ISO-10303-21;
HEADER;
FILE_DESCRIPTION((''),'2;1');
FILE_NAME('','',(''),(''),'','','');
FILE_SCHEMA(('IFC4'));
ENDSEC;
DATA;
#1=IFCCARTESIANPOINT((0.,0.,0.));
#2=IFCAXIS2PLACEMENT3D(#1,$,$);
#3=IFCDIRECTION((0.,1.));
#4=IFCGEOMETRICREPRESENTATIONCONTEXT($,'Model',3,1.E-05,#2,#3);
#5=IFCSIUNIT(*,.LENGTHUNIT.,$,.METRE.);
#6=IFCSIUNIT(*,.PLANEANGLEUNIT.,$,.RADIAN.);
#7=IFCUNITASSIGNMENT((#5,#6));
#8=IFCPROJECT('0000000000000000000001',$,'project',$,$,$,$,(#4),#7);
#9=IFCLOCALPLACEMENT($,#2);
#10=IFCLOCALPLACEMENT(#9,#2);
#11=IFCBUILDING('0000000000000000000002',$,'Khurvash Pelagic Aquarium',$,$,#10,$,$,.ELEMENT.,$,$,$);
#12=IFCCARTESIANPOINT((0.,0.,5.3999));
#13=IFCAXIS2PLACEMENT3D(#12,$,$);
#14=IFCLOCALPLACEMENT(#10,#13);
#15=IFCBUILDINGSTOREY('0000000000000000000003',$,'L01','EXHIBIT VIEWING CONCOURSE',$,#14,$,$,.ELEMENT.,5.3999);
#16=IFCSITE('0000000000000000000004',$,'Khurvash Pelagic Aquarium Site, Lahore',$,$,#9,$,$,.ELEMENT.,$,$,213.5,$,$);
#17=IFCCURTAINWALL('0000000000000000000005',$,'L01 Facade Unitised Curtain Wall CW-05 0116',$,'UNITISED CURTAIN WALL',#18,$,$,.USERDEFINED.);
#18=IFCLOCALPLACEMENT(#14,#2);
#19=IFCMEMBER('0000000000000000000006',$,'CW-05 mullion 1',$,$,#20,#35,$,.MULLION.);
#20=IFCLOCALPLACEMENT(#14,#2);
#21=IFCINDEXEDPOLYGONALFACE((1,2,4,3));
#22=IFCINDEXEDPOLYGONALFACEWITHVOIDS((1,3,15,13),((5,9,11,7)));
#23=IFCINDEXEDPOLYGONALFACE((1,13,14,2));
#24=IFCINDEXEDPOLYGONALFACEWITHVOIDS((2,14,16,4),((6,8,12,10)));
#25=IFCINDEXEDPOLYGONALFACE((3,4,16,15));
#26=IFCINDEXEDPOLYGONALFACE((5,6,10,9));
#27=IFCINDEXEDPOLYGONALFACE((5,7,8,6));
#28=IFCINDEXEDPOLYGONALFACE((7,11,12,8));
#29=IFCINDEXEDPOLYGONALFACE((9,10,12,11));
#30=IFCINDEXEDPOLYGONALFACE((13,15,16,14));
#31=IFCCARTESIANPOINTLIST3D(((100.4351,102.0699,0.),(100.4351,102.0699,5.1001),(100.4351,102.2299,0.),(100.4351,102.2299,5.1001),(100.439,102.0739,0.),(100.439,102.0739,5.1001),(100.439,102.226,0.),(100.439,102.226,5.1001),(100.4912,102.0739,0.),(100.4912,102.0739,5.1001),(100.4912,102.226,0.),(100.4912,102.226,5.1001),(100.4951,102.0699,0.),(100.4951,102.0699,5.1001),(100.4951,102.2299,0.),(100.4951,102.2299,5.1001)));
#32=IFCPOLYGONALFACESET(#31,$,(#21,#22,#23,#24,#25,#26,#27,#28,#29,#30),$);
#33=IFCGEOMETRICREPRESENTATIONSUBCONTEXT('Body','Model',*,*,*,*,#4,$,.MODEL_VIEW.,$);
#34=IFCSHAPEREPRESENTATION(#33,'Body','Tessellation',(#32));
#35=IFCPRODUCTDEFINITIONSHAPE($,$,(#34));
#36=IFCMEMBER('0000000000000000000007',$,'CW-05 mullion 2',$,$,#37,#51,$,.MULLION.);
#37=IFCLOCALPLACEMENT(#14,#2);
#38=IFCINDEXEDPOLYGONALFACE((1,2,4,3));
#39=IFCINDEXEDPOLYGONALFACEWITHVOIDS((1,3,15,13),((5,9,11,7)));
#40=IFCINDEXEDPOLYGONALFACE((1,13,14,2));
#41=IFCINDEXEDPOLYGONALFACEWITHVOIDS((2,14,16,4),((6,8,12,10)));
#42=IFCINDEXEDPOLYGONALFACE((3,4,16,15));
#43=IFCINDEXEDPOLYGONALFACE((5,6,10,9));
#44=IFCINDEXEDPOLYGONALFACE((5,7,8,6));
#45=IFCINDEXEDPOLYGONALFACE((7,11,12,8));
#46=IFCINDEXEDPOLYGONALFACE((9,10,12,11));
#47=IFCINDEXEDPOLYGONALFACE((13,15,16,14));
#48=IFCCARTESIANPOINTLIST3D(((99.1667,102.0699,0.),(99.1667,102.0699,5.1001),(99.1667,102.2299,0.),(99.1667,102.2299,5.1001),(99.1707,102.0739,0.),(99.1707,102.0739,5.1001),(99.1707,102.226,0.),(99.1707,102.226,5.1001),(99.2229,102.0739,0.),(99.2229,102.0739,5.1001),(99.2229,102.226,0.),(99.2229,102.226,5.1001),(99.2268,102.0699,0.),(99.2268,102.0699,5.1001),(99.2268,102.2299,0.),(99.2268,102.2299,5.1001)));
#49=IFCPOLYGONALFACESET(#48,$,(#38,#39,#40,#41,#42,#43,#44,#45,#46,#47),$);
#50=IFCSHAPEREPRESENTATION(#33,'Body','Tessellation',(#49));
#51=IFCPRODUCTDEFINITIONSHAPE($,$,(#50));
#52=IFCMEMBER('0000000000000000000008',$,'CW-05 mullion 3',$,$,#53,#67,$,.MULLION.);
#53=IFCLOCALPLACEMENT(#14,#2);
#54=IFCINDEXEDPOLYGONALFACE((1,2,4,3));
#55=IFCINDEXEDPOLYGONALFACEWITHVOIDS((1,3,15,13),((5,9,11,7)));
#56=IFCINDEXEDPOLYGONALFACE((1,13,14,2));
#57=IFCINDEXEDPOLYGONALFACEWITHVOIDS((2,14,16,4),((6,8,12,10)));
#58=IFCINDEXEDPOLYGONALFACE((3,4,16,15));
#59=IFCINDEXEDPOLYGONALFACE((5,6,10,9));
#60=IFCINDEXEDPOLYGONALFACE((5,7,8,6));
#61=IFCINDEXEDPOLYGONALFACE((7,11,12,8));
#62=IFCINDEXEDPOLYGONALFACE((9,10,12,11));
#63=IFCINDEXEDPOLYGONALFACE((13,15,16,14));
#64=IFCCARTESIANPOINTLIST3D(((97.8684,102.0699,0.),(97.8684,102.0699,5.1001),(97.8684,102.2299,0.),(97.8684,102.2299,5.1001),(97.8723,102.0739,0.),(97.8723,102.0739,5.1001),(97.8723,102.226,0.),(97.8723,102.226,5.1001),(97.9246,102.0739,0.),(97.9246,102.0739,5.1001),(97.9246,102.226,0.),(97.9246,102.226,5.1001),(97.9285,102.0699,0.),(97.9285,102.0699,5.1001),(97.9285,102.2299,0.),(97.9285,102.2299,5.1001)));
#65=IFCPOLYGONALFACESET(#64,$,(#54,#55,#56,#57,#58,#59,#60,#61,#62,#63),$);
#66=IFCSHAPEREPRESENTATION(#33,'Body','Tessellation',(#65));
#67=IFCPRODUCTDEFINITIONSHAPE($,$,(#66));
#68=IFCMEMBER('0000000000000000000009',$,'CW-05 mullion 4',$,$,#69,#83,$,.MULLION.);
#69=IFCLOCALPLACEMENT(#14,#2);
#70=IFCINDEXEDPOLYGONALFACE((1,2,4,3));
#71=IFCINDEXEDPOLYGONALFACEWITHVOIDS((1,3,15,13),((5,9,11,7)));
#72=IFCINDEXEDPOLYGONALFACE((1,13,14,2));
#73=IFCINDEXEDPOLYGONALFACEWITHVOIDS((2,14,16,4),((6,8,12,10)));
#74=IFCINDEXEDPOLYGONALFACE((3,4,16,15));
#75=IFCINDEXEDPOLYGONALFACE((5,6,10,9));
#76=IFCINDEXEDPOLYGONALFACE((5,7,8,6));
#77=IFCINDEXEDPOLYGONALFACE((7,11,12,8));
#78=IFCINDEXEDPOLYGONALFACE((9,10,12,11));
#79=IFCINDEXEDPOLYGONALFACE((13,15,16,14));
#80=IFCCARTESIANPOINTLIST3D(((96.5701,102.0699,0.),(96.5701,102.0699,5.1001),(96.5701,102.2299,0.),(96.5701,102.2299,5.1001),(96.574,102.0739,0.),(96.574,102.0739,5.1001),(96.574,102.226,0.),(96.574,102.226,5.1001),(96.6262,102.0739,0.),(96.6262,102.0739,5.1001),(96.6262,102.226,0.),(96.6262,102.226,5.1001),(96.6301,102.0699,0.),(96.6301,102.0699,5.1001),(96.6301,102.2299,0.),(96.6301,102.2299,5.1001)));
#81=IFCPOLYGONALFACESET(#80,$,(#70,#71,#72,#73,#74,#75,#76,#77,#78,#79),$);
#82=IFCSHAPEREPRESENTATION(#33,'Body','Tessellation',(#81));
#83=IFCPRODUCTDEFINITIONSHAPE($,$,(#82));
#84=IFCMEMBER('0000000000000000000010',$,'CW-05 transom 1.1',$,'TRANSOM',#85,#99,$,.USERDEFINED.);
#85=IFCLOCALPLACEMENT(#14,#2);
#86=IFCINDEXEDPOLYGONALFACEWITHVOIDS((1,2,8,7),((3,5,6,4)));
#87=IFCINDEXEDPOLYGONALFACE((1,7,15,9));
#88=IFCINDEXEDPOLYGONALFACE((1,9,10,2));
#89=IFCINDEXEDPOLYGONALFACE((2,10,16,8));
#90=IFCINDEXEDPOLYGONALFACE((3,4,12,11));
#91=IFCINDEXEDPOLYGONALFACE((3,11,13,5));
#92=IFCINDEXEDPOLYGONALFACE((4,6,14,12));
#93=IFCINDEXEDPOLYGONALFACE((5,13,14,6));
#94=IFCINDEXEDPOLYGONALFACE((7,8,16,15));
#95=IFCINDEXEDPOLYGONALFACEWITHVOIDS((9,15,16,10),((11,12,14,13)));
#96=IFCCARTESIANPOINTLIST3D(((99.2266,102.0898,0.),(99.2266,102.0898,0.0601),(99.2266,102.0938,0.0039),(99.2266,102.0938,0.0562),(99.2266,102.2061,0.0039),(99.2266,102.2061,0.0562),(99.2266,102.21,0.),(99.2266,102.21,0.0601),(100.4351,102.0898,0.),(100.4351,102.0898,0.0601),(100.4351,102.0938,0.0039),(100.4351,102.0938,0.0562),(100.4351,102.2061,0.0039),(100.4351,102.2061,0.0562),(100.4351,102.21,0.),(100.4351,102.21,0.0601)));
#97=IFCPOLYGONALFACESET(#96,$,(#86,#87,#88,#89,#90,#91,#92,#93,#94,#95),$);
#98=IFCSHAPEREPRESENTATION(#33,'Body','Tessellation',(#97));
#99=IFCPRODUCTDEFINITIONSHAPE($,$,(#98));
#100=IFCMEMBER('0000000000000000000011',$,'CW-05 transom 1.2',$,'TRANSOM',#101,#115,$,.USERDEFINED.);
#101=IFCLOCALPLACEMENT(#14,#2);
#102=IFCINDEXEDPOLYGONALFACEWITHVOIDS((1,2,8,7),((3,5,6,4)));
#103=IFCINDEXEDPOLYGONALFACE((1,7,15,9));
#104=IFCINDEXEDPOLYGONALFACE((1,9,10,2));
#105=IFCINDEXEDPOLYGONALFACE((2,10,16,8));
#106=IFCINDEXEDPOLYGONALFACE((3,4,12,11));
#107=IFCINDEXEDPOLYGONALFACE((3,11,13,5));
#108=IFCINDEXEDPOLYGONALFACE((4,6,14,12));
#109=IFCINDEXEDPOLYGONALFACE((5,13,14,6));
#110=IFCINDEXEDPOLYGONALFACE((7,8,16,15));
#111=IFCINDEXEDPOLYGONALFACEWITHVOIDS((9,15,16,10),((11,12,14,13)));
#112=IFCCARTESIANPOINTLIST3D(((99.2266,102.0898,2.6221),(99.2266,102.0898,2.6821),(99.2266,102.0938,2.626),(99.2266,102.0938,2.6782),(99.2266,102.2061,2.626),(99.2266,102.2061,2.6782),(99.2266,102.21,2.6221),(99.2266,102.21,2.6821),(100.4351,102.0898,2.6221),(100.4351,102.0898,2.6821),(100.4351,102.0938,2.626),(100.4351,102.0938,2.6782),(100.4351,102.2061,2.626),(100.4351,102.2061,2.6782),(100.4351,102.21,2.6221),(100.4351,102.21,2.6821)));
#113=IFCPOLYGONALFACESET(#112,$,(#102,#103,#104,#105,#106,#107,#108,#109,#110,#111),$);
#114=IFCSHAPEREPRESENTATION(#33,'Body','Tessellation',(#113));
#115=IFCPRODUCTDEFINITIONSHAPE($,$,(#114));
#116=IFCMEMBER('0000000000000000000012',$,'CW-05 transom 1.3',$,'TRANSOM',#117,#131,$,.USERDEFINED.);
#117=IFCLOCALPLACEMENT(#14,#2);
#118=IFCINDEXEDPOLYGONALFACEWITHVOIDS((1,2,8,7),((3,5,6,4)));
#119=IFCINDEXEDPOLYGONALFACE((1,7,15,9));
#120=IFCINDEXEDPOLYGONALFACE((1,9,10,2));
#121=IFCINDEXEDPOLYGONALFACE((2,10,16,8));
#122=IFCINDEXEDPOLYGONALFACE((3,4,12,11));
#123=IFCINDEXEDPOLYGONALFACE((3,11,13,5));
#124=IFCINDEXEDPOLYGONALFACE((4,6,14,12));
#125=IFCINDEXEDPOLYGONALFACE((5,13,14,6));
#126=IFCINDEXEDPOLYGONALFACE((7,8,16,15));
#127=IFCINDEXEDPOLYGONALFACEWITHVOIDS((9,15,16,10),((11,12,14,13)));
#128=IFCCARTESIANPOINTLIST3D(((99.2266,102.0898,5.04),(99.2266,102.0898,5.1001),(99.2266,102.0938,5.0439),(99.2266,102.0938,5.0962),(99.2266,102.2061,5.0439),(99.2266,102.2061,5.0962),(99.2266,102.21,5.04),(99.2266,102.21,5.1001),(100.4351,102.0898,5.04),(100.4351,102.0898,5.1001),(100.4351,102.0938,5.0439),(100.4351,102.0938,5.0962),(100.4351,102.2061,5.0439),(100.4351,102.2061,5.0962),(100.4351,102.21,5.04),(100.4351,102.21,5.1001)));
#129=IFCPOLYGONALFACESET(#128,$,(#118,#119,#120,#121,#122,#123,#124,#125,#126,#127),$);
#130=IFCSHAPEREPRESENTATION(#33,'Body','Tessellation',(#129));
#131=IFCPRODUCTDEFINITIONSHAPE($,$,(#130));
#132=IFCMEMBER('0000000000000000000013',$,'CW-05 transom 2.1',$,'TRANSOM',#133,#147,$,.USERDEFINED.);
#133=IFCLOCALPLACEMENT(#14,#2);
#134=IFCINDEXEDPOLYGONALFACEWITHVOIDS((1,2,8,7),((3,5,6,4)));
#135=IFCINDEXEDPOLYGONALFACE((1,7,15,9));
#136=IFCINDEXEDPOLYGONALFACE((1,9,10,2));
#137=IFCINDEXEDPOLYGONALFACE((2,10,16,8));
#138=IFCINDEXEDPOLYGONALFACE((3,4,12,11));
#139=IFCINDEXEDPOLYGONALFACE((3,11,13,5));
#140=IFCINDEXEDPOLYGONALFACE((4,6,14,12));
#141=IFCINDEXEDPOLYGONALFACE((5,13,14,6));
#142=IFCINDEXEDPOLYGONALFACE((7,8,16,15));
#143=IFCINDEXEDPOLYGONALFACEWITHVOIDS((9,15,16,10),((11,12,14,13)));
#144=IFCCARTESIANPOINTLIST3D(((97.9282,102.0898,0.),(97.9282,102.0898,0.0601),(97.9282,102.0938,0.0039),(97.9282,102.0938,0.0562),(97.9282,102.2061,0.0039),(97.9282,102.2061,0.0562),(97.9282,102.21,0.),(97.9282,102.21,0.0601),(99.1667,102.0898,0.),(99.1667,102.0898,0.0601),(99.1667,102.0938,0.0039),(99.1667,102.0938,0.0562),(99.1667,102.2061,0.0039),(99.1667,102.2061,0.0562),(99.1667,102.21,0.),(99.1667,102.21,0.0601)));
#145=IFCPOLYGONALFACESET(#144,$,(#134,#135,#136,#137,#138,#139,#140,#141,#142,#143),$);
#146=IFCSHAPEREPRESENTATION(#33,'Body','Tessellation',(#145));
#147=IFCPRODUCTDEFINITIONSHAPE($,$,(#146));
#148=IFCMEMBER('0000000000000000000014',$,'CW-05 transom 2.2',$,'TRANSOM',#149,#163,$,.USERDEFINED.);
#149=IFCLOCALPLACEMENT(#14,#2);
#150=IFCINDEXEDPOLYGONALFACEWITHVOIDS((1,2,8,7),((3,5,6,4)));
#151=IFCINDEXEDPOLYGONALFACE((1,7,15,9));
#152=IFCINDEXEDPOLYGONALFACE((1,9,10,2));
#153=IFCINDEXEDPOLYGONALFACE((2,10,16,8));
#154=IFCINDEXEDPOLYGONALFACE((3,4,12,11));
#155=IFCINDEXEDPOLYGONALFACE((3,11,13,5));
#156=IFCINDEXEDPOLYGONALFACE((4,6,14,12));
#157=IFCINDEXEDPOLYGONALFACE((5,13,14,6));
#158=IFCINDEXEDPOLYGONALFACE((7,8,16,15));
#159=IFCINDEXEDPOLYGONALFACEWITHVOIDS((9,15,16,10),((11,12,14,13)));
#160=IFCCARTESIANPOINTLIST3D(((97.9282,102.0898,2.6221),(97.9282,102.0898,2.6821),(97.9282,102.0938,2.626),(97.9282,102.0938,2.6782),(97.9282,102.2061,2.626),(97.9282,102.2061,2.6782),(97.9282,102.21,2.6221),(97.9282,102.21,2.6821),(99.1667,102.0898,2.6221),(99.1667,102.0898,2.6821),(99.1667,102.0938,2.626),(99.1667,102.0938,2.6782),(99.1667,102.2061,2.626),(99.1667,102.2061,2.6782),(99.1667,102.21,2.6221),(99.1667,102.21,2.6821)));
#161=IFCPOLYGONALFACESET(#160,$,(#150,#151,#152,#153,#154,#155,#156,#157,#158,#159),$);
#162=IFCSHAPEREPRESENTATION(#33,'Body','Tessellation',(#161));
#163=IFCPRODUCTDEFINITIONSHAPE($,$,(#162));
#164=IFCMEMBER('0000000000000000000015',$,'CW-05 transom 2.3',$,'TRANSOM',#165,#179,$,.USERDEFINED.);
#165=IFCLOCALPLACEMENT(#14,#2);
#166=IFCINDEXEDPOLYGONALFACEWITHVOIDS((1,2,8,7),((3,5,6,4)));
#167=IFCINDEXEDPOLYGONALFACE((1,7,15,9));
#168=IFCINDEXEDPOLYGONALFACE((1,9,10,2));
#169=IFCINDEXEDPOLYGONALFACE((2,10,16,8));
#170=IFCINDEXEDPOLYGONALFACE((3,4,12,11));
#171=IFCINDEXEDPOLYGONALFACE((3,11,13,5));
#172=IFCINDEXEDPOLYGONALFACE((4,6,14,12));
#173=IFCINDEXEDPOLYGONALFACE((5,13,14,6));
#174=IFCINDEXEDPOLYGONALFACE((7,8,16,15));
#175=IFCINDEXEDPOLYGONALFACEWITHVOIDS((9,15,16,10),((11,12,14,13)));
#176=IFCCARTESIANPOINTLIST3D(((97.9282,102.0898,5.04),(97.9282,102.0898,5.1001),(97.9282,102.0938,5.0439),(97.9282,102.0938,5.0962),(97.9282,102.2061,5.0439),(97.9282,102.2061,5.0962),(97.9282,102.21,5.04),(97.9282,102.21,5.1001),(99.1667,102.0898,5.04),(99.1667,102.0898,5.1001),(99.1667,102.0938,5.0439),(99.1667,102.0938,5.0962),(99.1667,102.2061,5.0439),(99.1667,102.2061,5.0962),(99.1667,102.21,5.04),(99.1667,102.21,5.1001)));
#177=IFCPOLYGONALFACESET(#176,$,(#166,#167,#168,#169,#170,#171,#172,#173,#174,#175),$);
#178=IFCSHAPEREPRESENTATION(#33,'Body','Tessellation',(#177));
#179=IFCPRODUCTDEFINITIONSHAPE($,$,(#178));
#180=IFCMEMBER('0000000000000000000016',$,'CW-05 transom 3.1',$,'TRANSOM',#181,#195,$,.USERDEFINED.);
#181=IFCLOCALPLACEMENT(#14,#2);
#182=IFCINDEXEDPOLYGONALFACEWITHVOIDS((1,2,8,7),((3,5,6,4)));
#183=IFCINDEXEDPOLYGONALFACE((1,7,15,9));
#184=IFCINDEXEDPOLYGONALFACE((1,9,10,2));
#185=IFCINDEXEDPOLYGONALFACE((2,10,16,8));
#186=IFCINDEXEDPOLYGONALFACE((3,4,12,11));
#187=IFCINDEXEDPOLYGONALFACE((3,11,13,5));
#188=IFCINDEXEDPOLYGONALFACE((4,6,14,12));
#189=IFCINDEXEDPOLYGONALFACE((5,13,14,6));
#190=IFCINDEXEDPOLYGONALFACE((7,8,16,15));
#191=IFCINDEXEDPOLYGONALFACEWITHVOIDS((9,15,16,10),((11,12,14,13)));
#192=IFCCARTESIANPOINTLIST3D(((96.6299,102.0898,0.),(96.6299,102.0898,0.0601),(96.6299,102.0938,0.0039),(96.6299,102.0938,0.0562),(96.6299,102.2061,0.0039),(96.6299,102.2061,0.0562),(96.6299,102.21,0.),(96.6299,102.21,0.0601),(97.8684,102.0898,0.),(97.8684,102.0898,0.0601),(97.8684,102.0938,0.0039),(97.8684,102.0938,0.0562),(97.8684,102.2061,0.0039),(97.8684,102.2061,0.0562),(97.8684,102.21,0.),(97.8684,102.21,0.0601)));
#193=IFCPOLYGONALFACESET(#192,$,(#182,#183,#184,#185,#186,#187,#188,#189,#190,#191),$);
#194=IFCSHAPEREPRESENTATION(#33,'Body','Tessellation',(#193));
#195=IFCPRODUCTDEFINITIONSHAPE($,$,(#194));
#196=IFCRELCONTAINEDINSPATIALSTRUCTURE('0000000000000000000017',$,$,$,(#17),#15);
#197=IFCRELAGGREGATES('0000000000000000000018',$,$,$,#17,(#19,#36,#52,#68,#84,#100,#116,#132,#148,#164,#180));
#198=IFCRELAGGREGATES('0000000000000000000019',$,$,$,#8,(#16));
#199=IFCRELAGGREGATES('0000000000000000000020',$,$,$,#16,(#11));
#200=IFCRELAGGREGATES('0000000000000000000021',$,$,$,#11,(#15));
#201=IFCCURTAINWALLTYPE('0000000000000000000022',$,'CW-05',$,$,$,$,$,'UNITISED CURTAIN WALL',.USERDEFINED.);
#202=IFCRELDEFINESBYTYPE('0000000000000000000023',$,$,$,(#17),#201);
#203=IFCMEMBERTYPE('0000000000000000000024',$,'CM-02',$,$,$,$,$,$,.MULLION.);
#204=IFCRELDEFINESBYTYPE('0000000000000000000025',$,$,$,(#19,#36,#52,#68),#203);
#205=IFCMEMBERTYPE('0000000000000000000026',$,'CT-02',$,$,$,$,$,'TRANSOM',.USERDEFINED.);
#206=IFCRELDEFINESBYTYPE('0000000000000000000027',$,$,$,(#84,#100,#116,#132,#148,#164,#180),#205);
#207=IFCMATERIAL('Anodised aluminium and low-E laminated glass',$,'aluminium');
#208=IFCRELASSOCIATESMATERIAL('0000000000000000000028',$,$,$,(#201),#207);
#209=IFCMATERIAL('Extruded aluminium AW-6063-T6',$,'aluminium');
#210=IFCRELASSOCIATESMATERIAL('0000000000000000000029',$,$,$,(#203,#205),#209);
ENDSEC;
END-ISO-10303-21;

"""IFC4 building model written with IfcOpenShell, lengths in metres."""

from ifc_helpers import new_model, si_unit, direction, frame, origin, origin_2d, place, context, subcontext, project, spatial, hollow_rectangle, extrude, material, material_profile, profile_set, type_object, element, aggregate, save


model = new_model("IFC4")

# Units and contexts
model_context = context("Model", 3, precision=1e-05, world=origin(), true_north=direction((0.0, 1.0)))
body_context = subcontext(model_context, "Body", "Model", "MODEL_VIEW")
ifc_project = project(units=[si_unit("LENGTHUNIT", "METRE"), si_unit("PLANEANGLEUNIT", "RADIAN")], contexts=[model_context])

# Site, building, storey
site_placement = place(None, origin())
site = spatial("IfcSite", under=ifc_project, at=site_placement, Name="Khurvash Pelagic Aquarium Site, Lahore", CompositionType="ELEMENT", RefElevation=213.5)
building_placement = place(site_placement, origin())
building = spatial("IfcBuilding", under=site, at=building_placement, Name="Khurvash Pelagic Aquarium", CompositionType="ELEMENT")
storey_placement = place(building_placement, frame((0.0, 0.0, 5.3999)))
storey = spatial("IfcBuildingStorey", under=building, at=storey_placement, Name="L01", Description="EXHIBIT VIEWING CONCOURSE", CompositionType="ELEMENT", Elevation=5.3999)

# Curtain wall, members
ifc_material_1 = material(Name="Anodised aluminium and low-E laminated glass", Category="aluminium")
curtain_wall_type = type_object("IfcCurtainWallType", Name="CW-05", ElementType="UNITISED CURTAIN WALL", PredefinedType="USERDEFINED", material=ifc_material_1)
curtain_wall_placement = place(storey_placement, origin())
curtain_wall = element("IfcCurtainWall", 1, at=curtain_wall_placement, inside=storey, type_object=curtain_wall_type, Name="L01 Facade Unitised Curtain Wall CW-05 0116", ObjectType="UNITISED CURTAIN WALL", PredefinedType="USERDEFINED")
ifc_material_2 = material(Name="Extruded aluminium AW-6063-T6", Category="aluminium")
ifc_material_profile_1 = material_profile(ifc_material_2, hollow_rectangle(XDim=0.0601, YDim=0.1599, WallThickness=0.0039, at=origin_2d()), Name="CWM60X160X4")
ifc_profile_set_1 = profile_set([ifc_material_profile_1], Name="Extruded aluminium AW-6063-T6")
member_type_1 = type_object("IfcMemberType", Name="CM-02", PredefinedType="MULLION", material=ifc_profile_set_1)
member_1_placement = place(storey_placement, frame((100.4651, 102.1499, 0.0), z_axis=(0.0, 0.0, 1.0), x_axis=(-1.0, 0.0, 0.0)))
member_1 = element("IfcMember", 2, at=member_1_placement, type_object=member_type_1, Name="CW-05 mullion 1", PredefinedType="MULLION", context=body_context, shape_type="SweptSolid", body=[
    extrude(hollow_rectangle(XDim=0.0601, YDim=0.1599, WallThickness=0.0039, at=origin_2d()), origin(), (0.0, 0.0, 1.0), 5.1001),
])
member_2_placement = place(storey_placement, frame((99.1968, 102.1499, 0.0), z_axis=(0.0, 0.0, 1.0), x_axis=(-1.0, 0.0, 0.0)))
member_2 = element("IfcMember", 3, at=member_2_placement, type_object=member_type_1, Name="CW-05 mullion 2", PredefinedType="MULLION", context=body_context, shape_type="SweptSolid", body=[
    extrude(hollow_rectangle(XDim=0.0601, YDim=0.1599, WallThickness=0.0039, at=origin_2d()), origin(), (0.0, 0.0, 1.0), 5.1001),
])
member_3_placement = place(storey_placement, frame((97.8984, 102.1499, 0.0), z_axis=(0.0, 0.0, 1.0), x_axis=(-1.0, 0.0, 0.0)))
member_3 = element("IfcMember", 4, at=member_3_placement, type_object=member_type_1, Name="CW-05 mullion 3", PredefinedType="MULLION", context=body_context, shape_type="SweptSolid", body=[
    extrude(hollow_rectangle(XDim=0.0601, YDim=0.1599, WallThickness=0.0039, at=origin_2d()), origin(), (0.0, 0.0, 1.0), 5.1001),
])
member_4_placement = place(storey_placement, frame((96.6001, 102.1499, 0.0), z_axis=(0.0, 0.0, 1.0), x_axis=(-1.0, 0.0, 0.0)))
member_4 = element("IfcMember", 5, at=member_4_placement, type_object=member_type_1, Name="CW-05 mullion 4", PredefinedType="MULLION", context=body_context, shape_type="SweptSolid", body=[
    extrude(hollow_rectangle(XDim=0.0601, YDim=0.1599, WallThickness=0.0039, at=origin_2d()), origin(), (0.0, 0.0, 1.0), 5.1001),
])
ifc_material_profile_2 = material_profile(ifc_material_2, hollow_rectangle(XDim=0.1201, YDim=0.0601, WallThickness=0.0039, at=origin_2d()), Name="CWT120X60X4")
ifc_profile_set_2 = profile_set([ifc_material_profile_2], Name="Extruded aluminium AW-6063-T6")
member_type_2 = type_object("IfcMemberType", Name="CT-02", ElementType="TRANSOM", PredefinedType="USERDEFINED", material=ifc_profile_set_2)
member_5_placement = place(storey_placement, frame((100.4351, 102.1499, 0.03), z_axis=(-1.0, 0.0, 0.0), x_axis=(0.0, -1.0, 0.0)))
member_5 = element("IfcMember", 6, at=member_5_placement, type_object=member_type_2, Name="CW-05 transom 1.1", ObjectType="TRANSOM", PredefinedType="USERDEFINED", context=body_context, shape_type="SweptSolid", body=[
    extrude(hollow_rectangle(XDim=0.1201, YDim=0.0601, WallThickness=0.0039, at=origin_2d()), origin(), (0.0, 0.0, 1.0), 1.2085),
])
member_6_placement = place(storey_placement, frame((100.4351, 102.1499, 2.6521), z_axis=(-1.0, 0.0, 0.0), x_axis=(0.0, -1.0, 0.0)))
member_6 = element("IfcMember", 7, at=member_6_placement, type_object=member_type_2, Name="CW-05 transom 1.2", ObjectType="TRANSOM", PredefinedType="USERDEFINED", context=body_context, shape_type="SweptSolid", body=[
    extrude(hollow_rectangle(XDim=0.1201, YDim=0.0601, WallThickness=0.0039, at=origin_2d()), origin(), (0.0, 0.0, 1.0), 1.2085),
])
member_7_placement = place(storey_placement, frame((100.4351, 102.1499, 5.0701), z_axis=(-1.0, 0.0, 0.0), x_axis=(0.0, -1.0, 0.0)))
member_7 = element("IfcMember", 8, at=member_7_placement, type_object=member_type_2, Name="CW-05 transom 1.3", ObjectType="TRANSOM", PredefinedType="USERDEFINED", context=body_context, shape_type="SweptSolid", body=[
    extrude(hollow_rectangle(XDim=0.1201, YDim=0.0601, WallThickness=0.0039, at=origin_2d()), origin(), (0.0, 0.0, 1.0), 1.2085),
])
member_8_placement = place(storey_placement, frame((99.1667, 102.1499, 0.03), z_axis=(-1.0, 0.0, 0.0), x_axis=(0.0, -1.0, 0.0)))
member_8 = element("IfcMember", 9, at=member_8_placement, type_object=member_type_2, Name="CW-05 transom 2.1", ObjectType="TRANSOM", PredefinedType="USERDEFINED", context=body_context, shape_type="SweptSolid", body=[
    extrude(hollow_rectangle(XDim=0.1201, YDim=0.0601, WallThickness=0.0039, at=origin_2d()), origin(), (0.0, 0.0, 1.0), 1.2385),
])
member_9_placement = place(storey_placement, frame((99.1667, 102.1499, 2.6521), z_axis=(-1.0, 0.0, 0.0), x_axis=(0.0, -1.0, 0.0)))
member_9 = element("IfcMember", 10, at=member_9_placement, type_object=member_type_2, Name="CW-05 transom 2.2", ObjectType="TRANSOM", PredefinedType="USERDEFINED", context=body_context, shape_type="SweptSolid", body=[
    extrude(hollow_rectangle(XDim=0.1201, YDim=0.0601, WallThickness=0.0039, at=origin_2d()), origin(), (0.0, 0.0, 1.0), 1.2385),
])
member_10_placement = place(storey_placement, frame((99.1667, 102.1499, 5.0701), z_axis=(-1.0, 0.0, 0.0), x_axis=(0.0, -1.0, 0.0)))
member_10 = element("IfcMember", 11, at=member_10_placement, type_object=member_type_2, Name="CW-05 transom 2.3", ObjectType="TRANSOM", PredefinedType="USERDEFINED", context=body_context, shape_type="SweptSolid", body=[
    extrude(hollow_rectangle(XDim=0.1201, YDim=0.0601, WallThickness=0.0039, at=origin_2d()), origin(), (0.0, 0.0, 1.0), 1.2385),
])
member_11_placement = place(storey_placement, frame((97.8684, 102.1499, 0.03), z_axis=(-1.0, 0.0, 0.0), x_axis=(0.0, -1.0, 0.0)))
member_11 = element("IfcMember", 12, at=member_11_placement, type_object=member_type_2, Name="CW-05 transom 3.1", ObjectType="TRANSOM", PredefinedType="USERDEFINED", context=body_context, shape_type="SweptSolid", body=[
    extrude(hollow_rectangle(XDim=0.1201, YDim=0.0601, WallThickness=0.0039, at=origin_2d()), origin(), (0.0, 0.0, 1.0), 1.2385),
])
aggregate(curtain_wall, [member_1, member_2, member_3, member_4, member_5, member_6, member_7, member_8, member_9, member_10, member_11])

save(model, "model.ifc")
